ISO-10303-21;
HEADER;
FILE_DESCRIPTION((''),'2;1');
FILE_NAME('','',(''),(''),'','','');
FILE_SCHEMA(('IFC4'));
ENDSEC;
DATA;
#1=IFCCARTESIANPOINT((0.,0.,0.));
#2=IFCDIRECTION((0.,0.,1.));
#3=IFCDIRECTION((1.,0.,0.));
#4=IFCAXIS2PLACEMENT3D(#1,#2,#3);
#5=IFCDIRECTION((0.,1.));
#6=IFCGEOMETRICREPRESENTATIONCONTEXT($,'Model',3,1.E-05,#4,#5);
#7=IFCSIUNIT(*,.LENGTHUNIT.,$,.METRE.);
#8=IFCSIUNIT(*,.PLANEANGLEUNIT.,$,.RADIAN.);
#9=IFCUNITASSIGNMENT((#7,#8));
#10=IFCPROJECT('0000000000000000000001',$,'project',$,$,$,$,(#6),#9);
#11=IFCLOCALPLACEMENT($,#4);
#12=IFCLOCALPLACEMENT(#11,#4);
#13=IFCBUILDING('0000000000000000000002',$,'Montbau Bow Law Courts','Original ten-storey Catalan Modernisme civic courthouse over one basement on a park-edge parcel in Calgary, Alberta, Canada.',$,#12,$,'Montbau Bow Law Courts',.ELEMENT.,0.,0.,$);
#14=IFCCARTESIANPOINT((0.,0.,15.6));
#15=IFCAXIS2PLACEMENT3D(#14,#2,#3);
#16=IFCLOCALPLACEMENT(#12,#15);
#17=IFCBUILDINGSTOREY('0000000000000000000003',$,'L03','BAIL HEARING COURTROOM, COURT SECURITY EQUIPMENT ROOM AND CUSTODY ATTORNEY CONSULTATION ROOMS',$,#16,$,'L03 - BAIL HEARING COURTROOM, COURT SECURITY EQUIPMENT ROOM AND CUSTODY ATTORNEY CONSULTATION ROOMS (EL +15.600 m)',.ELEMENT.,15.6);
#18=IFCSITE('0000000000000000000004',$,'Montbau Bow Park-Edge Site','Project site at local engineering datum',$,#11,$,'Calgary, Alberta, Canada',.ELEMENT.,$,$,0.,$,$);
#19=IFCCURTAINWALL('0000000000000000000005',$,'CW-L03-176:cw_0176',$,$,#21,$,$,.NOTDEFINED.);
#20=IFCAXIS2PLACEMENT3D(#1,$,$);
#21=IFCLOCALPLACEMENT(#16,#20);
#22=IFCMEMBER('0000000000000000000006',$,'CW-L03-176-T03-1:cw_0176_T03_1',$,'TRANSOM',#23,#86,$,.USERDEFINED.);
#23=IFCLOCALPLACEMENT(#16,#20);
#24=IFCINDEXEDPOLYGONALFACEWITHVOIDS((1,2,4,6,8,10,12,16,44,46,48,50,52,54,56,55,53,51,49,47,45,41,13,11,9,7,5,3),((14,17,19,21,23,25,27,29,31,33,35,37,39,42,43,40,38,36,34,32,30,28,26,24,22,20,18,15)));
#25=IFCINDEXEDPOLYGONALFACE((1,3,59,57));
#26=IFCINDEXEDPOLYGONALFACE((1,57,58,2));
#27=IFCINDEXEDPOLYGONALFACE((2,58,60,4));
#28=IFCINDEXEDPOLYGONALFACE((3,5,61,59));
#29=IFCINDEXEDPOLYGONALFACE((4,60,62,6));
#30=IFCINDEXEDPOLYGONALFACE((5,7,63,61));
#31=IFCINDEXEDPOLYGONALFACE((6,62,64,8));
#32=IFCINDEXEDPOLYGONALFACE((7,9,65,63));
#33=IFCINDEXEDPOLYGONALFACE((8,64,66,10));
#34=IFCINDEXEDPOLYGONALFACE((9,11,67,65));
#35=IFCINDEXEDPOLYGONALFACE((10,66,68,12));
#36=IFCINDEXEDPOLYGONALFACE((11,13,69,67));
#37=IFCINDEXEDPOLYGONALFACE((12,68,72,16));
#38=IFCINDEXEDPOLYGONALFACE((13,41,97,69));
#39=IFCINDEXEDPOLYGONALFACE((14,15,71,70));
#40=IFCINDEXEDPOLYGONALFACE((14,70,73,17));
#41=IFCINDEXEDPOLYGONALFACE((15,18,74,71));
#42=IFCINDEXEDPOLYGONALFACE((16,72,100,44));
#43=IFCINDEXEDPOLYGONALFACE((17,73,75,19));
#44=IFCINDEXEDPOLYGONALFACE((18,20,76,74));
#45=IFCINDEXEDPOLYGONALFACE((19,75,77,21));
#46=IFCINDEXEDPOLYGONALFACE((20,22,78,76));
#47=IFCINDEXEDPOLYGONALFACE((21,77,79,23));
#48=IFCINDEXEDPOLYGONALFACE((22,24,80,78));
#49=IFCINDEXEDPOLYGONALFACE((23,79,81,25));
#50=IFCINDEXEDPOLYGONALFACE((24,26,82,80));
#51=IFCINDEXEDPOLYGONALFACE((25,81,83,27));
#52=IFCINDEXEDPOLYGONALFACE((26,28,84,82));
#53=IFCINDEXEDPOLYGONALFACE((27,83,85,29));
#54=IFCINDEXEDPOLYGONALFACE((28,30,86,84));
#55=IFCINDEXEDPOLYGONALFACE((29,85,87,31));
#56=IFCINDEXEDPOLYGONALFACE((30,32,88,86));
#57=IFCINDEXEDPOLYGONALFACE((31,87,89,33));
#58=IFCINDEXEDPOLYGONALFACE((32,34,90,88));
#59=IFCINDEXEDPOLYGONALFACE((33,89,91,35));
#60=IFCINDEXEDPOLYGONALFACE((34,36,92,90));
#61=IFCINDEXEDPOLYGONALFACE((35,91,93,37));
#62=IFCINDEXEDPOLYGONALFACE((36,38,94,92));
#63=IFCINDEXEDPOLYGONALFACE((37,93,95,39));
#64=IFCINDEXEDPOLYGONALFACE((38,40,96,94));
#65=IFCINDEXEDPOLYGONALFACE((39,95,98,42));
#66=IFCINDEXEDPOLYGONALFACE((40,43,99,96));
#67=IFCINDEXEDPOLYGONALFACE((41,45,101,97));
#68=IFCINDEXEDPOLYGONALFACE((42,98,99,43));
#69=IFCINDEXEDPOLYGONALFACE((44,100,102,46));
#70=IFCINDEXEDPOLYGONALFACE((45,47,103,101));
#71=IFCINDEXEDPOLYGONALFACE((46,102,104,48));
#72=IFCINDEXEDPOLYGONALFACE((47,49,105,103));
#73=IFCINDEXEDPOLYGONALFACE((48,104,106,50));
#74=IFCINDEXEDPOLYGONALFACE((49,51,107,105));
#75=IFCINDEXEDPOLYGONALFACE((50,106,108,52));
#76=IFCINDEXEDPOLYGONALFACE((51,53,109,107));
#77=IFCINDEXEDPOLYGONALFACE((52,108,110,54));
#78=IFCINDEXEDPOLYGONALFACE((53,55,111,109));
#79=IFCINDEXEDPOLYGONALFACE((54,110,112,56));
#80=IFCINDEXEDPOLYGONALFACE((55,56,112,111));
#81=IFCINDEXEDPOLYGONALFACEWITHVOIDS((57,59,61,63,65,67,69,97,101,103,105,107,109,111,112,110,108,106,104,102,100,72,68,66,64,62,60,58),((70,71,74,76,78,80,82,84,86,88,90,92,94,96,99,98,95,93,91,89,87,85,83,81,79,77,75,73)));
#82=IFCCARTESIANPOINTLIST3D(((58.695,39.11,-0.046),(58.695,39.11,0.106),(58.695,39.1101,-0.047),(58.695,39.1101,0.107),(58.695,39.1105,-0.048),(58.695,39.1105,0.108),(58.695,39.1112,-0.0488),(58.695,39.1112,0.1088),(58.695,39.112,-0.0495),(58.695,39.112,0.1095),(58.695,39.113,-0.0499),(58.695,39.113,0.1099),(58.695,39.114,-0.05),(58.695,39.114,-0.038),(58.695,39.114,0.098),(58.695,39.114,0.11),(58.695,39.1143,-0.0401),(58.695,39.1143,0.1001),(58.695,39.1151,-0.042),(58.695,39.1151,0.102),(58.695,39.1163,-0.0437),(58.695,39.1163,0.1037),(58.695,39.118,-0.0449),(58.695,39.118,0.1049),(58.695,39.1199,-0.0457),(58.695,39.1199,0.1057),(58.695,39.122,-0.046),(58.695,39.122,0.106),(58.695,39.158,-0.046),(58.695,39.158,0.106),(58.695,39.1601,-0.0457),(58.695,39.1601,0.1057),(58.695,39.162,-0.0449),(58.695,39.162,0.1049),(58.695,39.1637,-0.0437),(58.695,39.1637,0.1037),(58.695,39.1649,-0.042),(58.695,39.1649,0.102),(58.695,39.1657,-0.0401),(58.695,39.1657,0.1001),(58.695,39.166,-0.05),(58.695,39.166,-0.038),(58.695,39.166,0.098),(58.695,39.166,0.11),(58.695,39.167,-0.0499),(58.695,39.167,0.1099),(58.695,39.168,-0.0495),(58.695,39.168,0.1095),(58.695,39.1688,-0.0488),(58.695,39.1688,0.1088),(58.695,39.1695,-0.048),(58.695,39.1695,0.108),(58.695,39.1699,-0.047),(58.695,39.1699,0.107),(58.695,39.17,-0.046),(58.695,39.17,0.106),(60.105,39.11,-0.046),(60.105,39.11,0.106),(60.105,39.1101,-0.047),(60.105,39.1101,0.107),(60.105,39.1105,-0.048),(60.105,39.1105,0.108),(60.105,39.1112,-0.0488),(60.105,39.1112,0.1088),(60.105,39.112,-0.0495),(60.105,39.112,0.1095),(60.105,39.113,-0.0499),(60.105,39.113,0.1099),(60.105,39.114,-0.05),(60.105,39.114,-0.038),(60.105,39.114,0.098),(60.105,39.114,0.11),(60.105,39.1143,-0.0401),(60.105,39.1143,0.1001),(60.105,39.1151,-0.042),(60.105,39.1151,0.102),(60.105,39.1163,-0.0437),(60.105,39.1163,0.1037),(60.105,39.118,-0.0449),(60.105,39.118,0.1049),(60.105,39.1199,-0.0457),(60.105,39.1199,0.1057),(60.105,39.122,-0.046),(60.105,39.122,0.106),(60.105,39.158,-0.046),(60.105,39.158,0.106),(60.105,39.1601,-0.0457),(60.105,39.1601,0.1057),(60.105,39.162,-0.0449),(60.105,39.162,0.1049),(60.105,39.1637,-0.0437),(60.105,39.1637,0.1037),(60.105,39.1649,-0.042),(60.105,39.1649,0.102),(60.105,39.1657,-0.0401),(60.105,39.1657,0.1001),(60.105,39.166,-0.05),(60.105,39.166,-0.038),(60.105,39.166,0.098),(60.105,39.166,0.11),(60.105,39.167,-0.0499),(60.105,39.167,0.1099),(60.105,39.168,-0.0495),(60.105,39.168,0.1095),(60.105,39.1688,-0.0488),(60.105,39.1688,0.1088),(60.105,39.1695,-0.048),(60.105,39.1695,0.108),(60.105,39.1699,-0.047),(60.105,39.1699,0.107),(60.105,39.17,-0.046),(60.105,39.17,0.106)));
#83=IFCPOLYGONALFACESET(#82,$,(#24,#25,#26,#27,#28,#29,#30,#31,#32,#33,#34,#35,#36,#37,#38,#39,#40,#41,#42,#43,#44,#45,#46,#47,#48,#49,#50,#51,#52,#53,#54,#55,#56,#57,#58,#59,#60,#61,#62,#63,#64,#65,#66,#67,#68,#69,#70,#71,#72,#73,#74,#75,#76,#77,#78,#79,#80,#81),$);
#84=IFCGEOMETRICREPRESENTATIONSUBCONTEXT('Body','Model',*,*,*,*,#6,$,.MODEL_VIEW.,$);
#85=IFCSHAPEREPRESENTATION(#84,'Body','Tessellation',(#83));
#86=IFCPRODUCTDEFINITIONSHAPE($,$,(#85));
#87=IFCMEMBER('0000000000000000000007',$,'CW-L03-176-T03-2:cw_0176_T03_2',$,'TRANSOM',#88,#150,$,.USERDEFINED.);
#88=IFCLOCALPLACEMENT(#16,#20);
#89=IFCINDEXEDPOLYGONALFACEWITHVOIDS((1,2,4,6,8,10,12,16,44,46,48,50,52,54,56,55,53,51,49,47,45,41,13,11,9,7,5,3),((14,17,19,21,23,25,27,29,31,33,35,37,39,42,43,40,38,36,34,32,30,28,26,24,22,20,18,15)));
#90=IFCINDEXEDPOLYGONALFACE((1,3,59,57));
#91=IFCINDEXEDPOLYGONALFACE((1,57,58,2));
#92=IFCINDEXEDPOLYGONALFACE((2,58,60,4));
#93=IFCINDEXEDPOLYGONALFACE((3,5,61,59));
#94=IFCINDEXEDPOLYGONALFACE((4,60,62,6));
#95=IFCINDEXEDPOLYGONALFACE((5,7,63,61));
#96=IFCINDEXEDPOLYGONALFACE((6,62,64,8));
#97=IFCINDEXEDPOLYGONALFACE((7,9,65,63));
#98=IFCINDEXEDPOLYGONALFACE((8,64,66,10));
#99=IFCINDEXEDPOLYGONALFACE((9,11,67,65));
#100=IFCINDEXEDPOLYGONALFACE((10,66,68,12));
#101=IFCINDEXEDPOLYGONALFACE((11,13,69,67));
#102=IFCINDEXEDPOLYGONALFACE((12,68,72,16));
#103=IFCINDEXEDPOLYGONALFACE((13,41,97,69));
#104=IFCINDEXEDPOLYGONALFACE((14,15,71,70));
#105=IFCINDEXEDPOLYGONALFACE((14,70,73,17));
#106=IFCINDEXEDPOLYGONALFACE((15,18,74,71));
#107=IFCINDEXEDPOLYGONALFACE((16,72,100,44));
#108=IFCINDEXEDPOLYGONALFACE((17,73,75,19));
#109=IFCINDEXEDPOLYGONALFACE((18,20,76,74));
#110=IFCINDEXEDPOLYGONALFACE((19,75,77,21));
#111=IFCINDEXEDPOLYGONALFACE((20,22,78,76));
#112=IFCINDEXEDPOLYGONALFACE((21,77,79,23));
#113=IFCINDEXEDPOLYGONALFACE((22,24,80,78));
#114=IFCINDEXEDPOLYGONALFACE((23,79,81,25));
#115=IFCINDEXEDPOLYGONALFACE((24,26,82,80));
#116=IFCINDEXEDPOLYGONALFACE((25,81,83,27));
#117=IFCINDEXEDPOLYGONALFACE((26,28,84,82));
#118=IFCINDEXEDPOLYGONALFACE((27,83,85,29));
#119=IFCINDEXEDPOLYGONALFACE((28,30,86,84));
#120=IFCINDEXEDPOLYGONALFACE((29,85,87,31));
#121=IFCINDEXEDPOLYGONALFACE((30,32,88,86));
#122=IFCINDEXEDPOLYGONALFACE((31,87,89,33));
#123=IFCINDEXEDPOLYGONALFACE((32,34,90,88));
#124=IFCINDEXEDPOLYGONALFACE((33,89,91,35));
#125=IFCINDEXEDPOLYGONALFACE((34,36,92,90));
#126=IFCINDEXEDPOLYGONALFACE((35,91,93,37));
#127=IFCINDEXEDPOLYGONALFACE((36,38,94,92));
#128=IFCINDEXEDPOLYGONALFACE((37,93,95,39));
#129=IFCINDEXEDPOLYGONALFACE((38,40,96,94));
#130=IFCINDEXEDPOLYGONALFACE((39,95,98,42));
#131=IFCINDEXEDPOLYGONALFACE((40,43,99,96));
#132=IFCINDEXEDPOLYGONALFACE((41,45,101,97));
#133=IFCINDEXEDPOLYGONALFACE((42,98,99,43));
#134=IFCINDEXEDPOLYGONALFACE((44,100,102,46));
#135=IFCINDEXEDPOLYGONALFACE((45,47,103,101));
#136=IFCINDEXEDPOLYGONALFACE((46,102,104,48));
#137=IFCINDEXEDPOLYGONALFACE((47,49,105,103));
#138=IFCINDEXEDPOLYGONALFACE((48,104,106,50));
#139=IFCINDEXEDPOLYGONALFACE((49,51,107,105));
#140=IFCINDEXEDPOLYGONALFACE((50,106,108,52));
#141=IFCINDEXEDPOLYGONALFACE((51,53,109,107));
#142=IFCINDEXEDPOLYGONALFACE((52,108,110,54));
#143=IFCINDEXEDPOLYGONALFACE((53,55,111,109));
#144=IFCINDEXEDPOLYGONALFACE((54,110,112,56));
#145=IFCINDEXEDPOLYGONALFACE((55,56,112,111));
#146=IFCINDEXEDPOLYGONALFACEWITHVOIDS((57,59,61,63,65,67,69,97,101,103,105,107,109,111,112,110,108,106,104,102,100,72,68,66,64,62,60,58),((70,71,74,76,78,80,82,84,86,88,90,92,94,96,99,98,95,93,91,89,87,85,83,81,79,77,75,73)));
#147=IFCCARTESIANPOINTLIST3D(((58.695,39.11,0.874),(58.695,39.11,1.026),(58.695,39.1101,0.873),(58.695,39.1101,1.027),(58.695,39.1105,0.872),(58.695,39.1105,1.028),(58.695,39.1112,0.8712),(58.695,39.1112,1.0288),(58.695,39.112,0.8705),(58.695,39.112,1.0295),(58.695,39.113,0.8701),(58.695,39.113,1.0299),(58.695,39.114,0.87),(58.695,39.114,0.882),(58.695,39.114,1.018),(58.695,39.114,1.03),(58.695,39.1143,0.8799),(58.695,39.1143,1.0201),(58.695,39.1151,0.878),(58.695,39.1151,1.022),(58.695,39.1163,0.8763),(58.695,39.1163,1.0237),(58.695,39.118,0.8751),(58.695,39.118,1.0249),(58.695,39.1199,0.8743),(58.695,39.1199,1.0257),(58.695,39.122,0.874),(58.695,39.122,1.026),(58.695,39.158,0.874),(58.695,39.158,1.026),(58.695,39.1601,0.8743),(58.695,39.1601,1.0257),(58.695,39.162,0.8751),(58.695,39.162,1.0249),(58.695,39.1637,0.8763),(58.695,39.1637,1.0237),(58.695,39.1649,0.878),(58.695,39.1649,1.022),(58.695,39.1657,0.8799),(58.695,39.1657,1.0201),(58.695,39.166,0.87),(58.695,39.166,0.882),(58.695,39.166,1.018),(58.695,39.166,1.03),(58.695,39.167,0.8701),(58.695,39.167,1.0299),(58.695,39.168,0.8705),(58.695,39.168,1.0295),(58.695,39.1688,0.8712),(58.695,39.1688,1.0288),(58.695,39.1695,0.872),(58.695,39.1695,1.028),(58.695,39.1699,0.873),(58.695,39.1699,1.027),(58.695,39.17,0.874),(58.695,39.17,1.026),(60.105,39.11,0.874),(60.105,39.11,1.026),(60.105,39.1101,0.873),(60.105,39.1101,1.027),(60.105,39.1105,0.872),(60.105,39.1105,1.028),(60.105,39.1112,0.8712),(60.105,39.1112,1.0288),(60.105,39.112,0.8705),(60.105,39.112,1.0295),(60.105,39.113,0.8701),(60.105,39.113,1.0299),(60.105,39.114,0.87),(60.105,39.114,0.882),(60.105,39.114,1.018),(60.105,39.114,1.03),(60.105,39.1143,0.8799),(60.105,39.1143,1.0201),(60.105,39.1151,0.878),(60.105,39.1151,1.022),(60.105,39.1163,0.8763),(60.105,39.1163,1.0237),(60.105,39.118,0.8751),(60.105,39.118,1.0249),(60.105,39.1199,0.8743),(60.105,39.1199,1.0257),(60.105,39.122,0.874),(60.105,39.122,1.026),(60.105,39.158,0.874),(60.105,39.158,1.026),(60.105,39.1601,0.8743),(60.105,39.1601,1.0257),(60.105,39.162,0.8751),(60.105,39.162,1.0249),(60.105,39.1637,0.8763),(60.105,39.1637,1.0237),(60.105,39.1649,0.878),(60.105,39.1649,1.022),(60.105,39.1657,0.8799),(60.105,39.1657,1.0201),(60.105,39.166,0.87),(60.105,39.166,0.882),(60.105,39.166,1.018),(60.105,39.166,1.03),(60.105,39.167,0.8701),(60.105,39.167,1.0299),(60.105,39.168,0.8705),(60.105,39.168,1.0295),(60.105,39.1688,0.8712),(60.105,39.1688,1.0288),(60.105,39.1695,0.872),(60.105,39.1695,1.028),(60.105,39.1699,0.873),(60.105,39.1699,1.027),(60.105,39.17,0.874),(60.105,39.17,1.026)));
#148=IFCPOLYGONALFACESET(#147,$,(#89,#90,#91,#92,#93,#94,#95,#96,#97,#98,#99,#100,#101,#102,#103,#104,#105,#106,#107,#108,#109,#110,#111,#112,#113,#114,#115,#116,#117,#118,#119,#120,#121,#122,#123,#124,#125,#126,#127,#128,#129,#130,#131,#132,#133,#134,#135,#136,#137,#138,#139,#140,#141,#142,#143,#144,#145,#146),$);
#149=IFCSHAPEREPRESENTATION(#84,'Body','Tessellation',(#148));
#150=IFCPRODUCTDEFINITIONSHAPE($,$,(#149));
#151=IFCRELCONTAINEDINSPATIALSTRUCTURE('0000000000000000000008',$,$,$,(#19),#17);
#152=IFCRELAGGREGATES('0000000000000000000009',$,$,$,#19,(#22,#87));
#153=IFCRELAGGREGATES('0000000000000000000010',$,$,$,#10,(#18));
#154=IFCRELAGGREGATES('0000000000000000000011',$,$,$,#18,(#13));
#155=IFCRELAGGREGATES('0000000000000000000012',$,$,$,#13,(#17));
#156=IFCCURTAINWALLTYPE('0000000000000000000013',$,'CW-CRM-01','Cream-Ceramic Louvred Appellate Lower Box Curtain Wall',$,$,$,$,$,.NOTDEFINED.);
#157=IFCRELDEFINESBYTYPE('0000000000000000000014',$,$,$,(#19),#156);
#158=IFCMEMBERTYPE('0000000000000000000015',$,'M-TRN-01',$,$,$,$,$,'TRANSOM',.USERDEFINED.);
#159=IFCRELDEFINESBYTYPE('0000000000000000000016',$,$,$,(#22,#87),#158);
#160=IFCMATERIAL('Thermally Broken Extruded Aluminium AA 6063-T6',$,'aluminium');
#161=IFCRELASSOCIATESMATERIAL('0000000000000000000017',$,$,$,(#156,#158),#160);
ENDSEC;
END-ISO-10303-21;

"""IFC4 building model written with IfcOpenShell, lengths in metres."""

from ifc_helpers import new_model, si_unit, direction, frame, origin_with_axes, origin_2d_with_axis, place, context, subcontext, project, spatial, hollow_rectangle, extrude, material, material_profile, profile_set, type_object, element, aggregate, save


model = new_model("IFC4")

# Units and contexts
model_context = context("Model", 3, precision=1e-05, world=origin_with_axes(), true_north=direction((0.0, 1.0)))
body_context = subcontext(model_context, "Body", "Model", "MODEL_VIEW")
ifc_project = project(units=[si_unit("LENGTHUNIT", "METRE"), si_unit("PLANEANGLEUNIT", "RADIAN")], contexts=[model_context])

# Site, building, storey
site_placement = place(None, origin_with_axes())
site = spatial("IfcSite", under=ifc_project, at=site_placement, Name="Montbau Bow Park-Edge Site", Description="Project site at local engineering datum", LongName="Calgary, Alberta, Canada", CompositionType="ELEMENT", RefElevation=0.0)
building_placement = place(site_placement, origin_with_axes())
building = spatial("IfcBuilding", under=site, at=building_placement, Name="Montbau Bow Law Courts", Description="Original ten-storey Catalan Modernisme civic courthouse over one basement on a park-edge parcel in Calgary, Alberta, Canada.", LongName="Montbau Bow Law Courts", CompositionType="ELEMENT", ElevationOfRefHeight=0.0, ElevationOfTerrain=0.0)
storey_placement = place(building_placement, frame((0.0, 0.0, 15.6), z_axis=(0.0, 0.0, 1.0), x_axis=(1.0, 0.0, 0.0)))
storey = spatial("IfcBuildingStorey", under=building, at=storey_placement, Name="L03", Description="BAIL HEARING COURTROOM, COURT SECURITY EQUIPMENT ROOM AND CUSTODY ATTORNEY CONSULTATION ROOMS", LongName="L03 - BAIL HEARING COURTROOM, COURT SECURITY EQUIPMENT ROOM AND CUSTODY ATTORNEY CONSULTATION ROOMS (EL +15.600 m)", CompositionType="ELEMENT", Elevation=15.6)

# Curtain wall, members
ifc_material_1 = material(Name="Thermally Broken Extruded Aluminium AA 6063-T6", Category="aluminium")
curtain_wall_type = type_object("IfcCurtainWallType", Name="CW-CRM-01", Description="Cream-Ceramic Louvred Appellate Lower Box Curtain Wall", PredefinedType="NOTDEFINED", material=ifc_material_1)
curtain_wall_placement = place(None, frame((55.715, 39.14, 15.6), z_axis=(0.0, 0.0, 1.0), x_axis=(1.0, 0.0, 0.0)))
curtain_wall = element("IfcCurtainWall", 1, at=curtain_wall_placement, inside=storey, type_object=curtain_wall_type, Name="CW-L03-176:cw_0176", PredefinedType="NOTDEFINED")
ifc_material_profile_1 = material_profile(ifc_material_1, hollow_rectangle(XDim=0.06, YDim=0.16, WallThickness=0.004, InnerFilletRadius=0.008, OuterFilletRadius=0.004, at=origin_2d_with_axis()), Name="CWT-160X60", Category="Main", Priority=0)
ifc_profile_set_1 = profile_set([ifc_material_profile_1], Name="Thermally Broken Extruded Aluminium AA 6063-T6")
member_type_1 = type_object("IfcMemberType", Name="M-TRN-01", ElementType="TRANSOM", PredefinedType="USERDEFINED", material=ifc_profile_set_1)
member_1_placement = place(None, frame((58.695, 39.14, 15.63), z_axis=(1.0, 0.0, 0.0), x_axis=(0.0, 1.0, 0.0)))
member_1 = element("IfcMember", 2, at=member_1_placement, type_object=member_type_1, Name="CW-L03-176-T03-1:cw_0176_T03_1", ObjectType="TRANSOM", PredefinedType="USERDEFINED", context=body_context, shape_type="SweptSolid", body=[
    extrude(hollow_rectangle(XDim=0.06, YDim=0.16, WallThickness=0.004, InnerFilletRadius=0.008, OuterFilletRadius=0.004, at=origin_2d_with_axis()), origin_with_axes(), (0.0, 0.0, 1.0), 1.41),
])
member_2_placement = place(None, frame((58.695, 39.14, 16.55), z_axis=(1.0, 0.0, 0.0), x_axis=(0.0, 1.0, 0.0)))
member_2 = element("IfcMember", 3, at=member_2_placement, type_object=member_type_1, Name="CW-L03-176-T03-2:cw_0176_T03_2", ObjectType="TRANSOM", PredefinedType="USERDEFINED", context=body_context, shape_type="SweptSolid", body=[
    extrude(hollow_rectangle(XDim=0.06, YDim=0.16, WallThickness=0.004, InnerFilletRadius=0.008, OuterFilletRadius=0.004, at=origin_2d_with_axis()), origin_with_axes(), (0.0, 0.0, 1.0), 1.41),
])
aggregate(curtain_wall, [member_1, member_2])

save(model, "model.ifc")
